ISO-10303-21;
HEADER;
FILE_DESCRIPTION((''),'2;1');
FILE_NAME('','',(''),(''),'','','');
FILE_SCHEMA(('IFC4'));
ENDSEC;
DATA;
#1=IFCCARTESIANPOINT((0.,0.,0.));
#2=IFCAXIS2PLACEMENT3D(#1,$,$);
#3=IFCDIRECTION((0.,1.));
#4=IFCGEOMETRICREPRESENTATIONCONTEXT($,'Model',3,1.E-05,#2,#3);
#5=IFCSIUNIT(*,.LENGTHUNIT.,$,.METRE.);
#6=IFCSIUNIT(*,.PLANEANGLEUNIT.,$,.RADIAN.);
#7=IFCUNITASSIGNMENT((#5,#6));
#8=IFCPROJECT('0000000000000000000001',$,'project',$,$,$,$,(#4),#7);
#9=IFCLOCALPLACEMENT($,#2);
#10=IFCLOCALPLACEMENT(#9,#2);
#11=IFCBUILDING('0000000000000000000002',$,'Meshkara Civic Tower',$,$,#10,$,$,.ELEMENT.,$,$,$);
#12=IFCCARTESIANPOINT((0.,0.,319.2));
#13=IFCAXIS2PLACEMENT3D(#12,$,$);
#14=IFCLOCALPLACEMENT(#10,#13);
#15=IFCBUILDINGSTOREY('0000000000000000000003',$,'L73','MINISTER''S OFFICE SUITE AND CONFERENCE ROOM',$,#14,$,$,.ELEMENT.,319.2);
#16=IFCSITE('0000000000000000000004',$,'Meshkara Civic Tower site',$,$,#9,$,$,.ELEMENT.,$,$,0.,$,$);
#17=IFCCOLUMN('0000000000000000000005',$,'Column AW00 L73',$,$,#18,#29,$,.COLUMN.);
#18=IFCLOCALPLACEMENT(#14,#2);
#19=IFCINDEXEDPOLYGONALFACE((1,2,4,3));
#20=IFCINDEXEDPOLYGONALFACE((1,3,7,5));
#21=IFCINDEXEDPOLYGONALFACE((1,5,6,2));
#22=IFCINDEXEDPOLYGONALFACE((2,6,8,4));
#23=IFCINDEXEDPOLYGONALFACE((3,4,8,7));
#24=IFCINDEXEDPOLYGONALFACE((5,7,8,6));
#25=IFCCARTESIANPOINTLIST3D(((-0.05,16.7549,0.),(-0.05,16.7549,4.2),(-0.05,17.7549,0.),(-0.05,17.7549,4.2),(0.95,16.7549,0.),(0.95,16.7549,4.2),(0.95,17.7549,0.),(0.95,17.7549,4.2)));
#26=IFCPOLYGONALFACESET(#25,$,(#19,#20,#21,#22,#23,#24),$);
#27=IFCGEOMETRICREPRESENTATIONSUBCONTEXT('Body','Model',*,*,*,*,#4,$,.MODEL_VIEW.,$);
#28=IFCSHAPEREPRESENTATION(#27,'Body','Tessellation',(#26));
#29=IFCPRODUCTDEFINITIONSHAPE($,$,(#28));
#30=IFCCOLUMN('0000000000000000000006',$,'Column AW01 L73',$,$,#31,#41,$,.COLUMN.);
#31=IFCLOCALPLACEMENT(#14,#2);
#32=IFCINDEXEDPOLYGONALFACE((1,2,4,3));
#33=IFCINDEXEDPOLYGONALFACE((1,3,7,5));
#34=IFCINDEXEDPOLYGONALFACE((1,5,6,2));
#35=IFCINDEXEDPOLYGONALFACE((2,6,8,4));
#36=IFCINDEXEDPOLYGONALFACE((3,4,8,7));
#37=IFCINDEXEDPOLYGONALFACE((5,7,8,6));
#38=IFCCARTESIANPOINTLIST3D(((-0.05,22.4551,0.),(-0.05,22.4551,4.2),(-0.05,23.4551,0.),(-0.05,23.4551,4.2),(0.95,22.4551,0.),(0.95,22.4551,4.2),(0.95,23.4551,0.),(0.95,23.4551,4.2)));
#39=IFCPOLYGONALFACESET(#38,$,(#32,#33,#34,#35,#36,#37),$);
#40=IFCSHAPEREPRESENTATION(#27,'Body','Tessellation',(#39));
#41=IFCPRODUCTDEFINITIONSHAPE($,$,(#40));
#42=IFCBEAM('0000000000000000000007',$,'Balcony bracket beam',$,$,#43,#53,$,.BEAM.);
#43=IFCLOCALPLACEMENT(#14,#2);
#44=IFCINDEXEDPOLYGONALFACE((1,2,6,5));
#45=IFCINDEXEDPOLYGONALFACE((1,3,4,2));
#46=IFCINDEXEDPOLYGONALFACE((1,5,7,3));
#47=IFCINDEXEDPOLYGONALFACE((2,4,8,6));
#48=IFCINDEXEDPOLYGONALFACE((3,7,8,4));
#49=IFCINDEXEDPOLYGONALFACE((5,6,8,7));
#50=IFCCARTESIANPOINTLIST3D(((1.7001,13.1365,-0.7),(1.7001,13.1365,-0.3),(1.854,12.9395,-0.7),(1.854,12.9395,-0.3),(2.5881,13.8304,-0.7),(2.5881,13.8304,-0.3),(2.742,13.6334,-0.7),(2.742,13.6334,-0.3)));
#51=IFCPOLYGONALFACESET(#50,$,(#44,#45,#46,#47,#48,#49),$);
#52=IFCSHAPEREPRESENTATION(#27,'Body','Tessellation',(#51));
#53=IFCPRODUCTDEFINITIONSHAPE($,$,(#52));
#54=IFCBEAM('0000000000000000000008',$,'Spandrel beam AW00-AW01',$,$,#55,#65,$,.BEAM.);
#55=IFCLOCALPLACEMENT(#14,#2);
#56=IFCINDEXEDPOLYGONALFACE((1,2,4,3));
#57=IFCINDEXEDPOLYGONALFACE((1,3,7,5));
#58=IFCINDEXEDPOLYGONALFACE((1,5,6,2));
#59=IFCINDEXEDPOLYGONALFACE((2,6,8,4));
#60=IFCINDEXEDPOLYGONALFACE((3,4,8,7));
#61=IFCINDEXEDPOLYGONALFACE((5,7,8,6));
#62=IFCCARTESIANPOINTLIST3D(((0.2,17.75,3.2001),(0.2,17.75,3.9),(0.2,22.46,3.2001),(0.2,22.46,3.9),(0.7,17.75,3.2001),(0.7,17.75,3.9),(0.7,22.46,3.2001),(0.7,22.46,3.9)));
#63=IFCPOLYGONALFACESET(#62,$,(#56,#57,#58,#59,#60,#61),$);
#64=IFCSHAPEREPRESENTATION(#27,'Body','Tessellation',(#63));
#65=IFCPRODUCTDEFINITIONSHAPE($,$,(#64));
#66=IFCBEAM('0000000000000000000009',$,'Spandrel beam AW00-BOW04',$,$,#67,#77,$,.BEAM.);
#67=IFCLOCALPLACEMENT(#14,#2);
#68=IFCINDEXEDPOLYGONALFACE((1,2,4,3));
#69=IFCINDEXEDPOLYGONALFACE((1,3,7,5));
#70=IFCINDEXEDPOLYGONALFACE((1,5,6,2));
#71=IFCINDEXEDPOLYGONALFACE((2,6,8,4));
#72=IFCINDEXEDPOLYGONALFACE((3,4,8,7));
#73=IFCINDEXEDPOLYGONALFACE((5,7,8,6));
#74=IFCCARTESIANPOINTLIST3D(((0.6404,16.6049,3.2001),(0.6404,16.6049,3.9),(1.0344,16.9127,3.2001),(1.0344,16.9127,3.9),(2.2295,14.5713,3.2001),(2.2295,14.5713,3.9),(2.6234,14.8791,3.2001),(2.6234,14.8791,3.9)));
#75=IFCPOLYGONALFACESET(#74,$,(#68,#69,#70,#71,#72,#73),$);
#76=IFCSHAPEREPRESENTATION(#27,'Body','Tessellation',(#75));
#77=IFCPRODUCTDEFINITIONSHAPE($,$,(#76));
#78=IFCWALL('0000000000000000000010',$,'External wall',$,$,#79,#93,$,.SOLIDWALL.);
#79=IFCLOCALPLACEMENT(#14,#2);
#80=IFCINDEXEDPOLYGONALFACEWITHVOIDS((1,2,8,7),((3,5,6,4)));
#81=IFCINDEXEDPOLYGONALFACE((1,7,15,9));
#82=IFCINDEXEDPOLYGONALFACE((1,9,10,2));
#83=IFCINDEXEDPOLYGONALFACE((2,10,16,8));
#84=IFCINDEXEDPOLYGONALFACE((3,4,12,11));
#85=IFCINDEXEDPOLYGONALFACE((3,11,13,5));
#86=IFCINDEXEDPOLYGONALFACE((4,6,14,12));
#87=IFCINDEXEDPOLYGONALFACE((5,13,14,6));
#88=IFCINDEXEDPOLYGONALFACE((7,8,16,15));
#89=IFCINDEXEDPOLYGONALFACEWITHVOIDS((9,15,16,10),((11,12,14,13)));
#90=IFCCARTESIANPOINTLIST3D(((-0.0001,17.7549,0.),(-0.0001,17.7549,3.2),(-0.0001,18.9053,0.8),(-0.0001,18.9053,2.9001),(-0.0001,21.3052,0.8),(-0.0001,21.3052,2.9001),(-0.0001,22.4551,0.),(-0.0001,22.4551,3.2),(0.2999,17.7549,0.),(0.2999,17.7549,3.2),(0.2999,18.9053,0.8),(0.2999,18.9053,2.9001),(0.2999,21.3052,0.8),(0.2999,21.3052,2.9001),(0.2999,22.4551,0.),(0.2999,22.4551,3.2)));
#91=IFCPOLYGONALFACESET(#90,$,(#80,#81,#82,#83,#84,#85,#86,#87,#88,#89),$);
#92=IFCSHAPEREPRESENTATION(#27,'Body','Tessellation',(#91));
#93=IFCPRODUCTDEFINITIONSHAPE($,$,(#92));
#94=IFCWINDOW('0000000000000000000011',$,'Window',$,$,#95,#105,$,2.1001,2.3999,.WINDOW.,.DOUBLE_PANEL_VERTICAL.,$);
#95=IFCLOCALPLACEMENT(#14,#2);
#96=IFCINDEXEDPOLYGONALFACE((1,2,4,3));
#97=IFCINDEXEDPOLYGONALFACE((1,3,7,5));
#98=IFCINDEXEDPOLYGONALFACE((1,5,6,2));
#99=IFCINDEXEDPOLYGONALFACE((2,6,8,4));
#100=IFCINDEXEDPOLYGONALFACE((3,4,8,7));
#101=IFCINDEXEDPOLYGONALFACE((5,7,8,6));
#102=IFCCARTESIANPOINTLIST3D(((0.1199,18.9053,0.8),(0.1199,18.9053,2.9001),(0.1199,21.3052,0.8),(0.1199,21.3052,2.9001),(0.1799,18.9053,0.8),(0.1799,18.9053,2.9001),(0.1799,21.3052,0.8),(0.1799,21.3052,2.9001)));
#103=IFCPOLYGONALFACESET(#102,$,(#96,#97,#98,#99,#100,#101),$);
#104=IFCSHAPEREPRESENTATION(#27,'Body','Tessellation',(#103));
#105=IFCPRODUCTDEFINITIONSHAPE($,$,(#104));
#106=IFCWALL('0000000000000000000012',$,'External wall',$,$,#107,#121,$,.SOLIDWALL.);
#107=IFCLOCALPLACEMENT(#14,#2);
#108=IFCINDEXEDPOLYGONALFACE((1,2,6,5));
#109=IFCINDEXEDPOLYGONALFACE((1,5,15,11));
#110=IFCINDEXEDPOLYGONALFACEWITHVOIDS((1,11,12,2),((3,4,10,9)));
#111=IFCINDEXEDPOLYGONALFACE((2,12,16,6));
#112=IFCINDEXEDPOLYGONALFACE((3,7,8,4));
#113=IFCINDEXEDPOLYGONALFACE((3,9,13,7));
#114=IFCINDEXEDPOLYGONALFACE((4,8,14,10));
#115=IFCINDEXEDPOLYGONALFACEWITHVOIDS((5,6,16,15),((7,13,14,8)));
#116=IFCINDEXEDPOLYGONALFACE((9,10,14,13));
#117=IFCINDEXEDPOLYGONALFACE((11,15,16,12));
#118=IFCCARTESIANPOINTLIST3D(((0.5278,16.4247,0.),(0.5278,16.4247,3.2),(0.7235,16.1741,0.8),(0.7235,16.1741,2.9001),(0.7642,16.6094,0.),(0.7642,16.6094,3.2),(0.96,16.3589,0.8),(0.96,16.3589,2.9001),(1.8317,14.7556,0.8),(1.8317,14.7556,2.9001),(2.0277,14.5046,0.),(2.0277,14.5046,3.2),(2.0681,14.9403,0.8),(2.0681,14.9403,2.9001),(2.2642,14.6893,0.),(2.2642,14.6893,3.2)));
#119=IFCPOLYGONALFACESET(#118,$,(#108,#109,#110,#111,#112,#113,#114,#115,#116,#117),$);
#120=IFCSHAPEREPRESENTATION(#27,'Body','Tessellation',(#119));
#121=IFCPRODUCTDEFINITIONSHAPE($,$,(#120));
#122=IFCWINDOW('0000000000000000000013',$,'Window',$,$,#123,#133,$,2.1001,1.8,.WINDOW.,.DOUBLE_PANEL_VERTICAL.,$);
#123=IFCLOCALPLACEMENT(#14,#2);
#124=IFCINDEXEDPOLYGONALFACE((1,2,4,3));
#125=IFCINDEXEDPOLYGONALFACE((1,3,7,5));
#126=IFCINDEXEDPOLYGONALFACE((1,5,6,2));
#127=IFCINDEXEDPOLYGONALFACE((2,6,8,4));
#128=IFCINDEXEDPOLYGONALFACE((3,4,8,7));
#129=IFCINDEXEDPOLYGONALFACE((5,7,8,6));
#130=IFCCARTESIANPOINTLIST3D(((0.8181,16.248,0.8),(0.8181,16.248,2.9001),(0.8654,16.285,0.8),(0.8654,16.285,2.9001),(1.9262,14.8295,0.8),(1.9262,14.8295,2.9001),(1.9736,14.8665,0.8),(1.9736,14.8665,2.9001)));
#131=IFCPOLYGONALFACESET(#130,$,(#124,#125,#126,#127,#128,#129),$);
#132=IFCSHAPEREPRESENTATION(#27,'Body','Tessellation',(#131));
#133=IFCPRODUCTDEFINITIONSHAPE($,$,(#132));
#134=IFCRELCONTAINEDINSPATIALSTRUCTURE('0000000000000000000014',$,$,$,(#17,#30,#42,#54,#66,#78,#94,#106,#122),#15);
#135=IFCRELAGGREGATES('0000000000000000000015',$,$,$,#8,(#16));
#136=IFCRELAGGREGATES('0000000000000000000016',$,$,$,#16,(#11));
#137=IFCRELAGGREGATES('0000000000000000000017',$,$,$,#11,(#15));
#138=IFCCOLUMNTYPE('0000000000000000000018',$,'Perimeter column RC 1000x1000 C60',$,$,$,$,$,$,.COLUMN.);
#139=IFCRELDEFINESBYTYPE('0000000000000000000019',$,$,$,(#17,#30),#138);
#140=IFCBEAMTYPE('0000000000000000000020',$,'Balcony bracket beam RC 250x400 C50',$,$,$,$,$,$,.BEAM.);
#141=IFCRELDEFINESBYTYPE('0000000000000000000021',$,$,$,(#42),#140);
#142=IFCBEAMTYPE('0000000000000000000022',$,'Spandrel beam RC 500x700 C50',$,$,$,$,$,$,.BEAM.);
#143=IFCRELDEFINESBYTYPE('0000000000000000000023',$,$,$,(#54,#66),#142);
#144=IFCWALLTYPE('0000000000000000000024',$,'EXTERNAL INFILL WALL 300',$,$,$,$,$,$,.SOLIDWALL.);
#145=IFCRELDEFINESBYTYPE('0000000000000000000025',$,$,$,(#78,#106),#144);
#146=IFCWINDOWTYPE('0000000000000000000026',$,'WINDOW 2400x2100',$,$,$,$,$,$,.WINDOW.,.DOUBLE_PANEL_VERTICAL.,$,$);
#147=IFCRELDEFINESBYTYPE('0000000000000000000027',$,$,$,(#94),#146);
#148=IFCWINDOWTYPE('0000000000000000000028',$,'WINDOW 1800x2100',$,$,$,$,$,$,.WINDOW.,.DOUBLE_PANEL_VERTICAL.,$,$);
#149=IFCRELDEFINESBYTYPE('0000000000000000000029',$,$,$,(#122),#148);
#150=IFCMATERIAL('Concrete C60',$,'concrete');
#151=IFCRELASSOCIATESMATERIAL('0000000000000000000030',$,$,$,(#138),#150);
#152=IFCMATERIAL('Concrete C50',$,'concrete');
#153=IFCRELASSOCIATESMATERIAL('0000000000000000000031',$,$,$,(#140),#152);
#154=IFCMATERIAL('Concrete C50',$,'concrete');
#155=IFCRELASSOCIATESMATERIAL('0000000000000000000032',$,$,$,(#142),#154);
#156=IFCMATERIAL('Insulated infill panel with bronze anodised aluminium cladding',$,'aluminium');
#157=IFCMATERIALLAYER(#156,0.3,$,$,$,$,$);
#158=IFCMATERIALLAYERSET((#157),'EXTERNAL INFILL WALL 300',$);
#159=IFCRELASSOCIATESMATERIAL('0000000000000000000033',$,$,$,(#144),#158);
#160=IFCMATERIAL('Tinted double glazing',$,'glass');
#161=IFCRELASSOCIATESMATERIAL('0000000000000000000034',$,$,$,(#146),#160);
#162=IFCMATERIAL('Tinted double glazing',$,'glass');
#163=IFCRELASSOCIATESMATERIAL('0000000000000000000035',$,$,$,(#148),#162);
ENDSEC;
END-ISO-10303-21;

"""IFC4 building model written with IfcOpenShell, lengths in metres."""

from ifc_helpers import new_model, si_unit, direction, frame, frame_2d, origin, origin_2d, place, context, subcontext, project, spatial, rectangle, extrude, material, layer, layer_set, material_profile, profile_set, type_object, element, fill, save


model = new_model("IFC4")

# Units and contexts
model_context = context("Model", 3, precision=1e-05, world=origin(), true_north=direction((0.0, 1.0)))
body_context = subcontext(model_context, "Body", "Model", "MODEL_VIEW")
ifc_project = project(units=[si_unit("LENGTHUNIT", "METRE"), si_unit("PLANEANGLEUNIT", "RADIAN")], contexts=[model_context])

# Site, building, storey
site_placement = place(None, origin())
site = spatial("IfcSite", under=ifc_project, at=site_placement, Name="Meshkara Civic Tower site", CompositionType="ELEMENT", RefElevation=0.0)
building_placement = place(site_placement, origin())
building = spatial("IfcBuilding", under=site, at=building_placement, Name="Meshkara Civic Tower", CompositionType="ELEMENT")
storey_placement = place(building_placement, frame((0.0, 0.0, 319.2)))
storey = spatial("IfcBuildingStorey", under=building, at=storey_placement, Name="L73", Description="MINISTER'S OFFICE SUITE AND CONFERENCE ROOM", CompositionType="ELEMENT", Elevation=319.2)

# Columns
ifc_material_1 = material(Name="Concrete C60", Category="concrete")
ifc_material_profile_1 = material_profile(ifc_material_1, rectangle(XDim=1.0, YDim=1.0, at=origin_2d()))
ifc_profile_set_1 = profile_set([ifc_material_profile_1], Name="Concrete C60")
column_type = type_object("IfcColumnType", Name="Perimeter column RC 1000x1000 C60", PredefinedType="COLUMN", material=ifc_profile_set_1)
for number, where, z_axis, x_axis, name in (
    (1, (0.45, 17.2549, 0.0), (0.0, 0.0, 1.0), (1.0, 0.0, 0.0), "Column AW00 L73"),
    (2, (0.45, 22.9551, 0.0), (0.0, 0.0, 1.0), (1.0, 0.0, 0.0), "Column AW01 L73"),
):
    element("IfcColumn", number, at=place(storey_placement, frame(where, z_axis=z_axis, x_axis=x_axis)), inside=storey, type_object=column_type, Name=name, PredefinedType="COLUMN", context=body_context, shape_type="SweptSolid", body=[
        extrude(rectangle(XDim=1.0, YDim=1.0, at=origin_2d()), origin(), (0.0, 0.0, 1.0), 4.2),
    ])

# Beams
ifc_material_2 = material(Name="Concrete C50", Category="concrete")
ifc_material_profile_2 = material_profile(ifc_material_2, rectangle(XDim=0.25, YDim=0.3999, at=origin_2d()))
ifc_profile_set_2 = profile_set([ifc_material_profile_2], Name="Concrete C50")
beam_type_1 = type_object("IfcBeamType", Name="Balcony bracket beam RC 250x400 C50", PredefinedType="BEAM", material=ifc_profile_set_2)
beam_1_placement = place(storey_placement, frame((2.665, 13.7319, -0.5), z_axis=(-0.787962, -0.615724, 0.0), x_axis=(0.615724, -0.787962, 0.0)))
element("IfcBeam", 3, at=beam_1_placement, inside=storey, type_object=beam_type_1, Name="Balcony bracket beam", PredefinedType="BEAM", context=body_context, shape_type="SweptSolid", body=[
    extrude(rectangle(XDim=0.25, YDim=0.3999, at=origin_2d()), origin(), (0.0, 0.0, 1.0), 1.127),
])
ifc_material_3 = material(Name="Concrete C50", Category="concrete")
ifc_material_profile_3 = material_profile(ifc_material_3, rectangle(XDim=0.5, YDim=0.7, at=origin_2d()))
ifc_profile_set_3 = profile_set([ifc_material_profile_3], Name="Concrete C50")
beam_type_2 = type_object("IfcBeamType", Name="Spandrel beam RC 500x700 C50", PredefinedType="BEAM", material=ifc_profile_set_3)
beam_2_placement = place(storey_placement, frame((0.45, 22.46, 3.55), z_axis=(0.0, -1.0, 0.0), x_axis=(1.0, 0.0, 0.0)))
element("IfcBeam", 4, at=beam_2_placement, inside=storey, type_object=beam_type_2, Name="Spandrel beam AW00-AW01", PredefinedType="BEAM", context=body_context, shape_type="SweptSolid", body=[
    extrude(rectangle(XDim=0.5, YDim=0.7, at=origin_2d()), origin(), (0.0, 0.0, 1.0), 4.71),
])
beam_3_placement = place(storey_placement, frame((0.8374, 16.7588, 3.55), z_axis=(0.615714, -0.78797, 0.0), x_axis=(0.78797, 0.615714, 0.0)))
element("IfcBeam", 5, at=beam_3_placement, inside=storey, type_object=beam_type_2, Name="Spandrel beam AW00-BOW04", PredefinedType="BEAM", context=body_context, shape_type="SweptSolid", body=[
    extrude(rectangle(XDim=0.5, YDim=0.7, at=origin_2d()), origin(), (0.0, 0.0, 1.0), 2.5808),
])

# Walls, openings, windows
ifc_material_4 = material(Name="Insulated infill panel with bronze anodised aluminium cladding", Category="aluminium")
ifc_layer = layer(ifc_material_4, 0.3)
ifc_layer_set = layer_set([ifc_layer], Name="EXTERNAL INFILL WALL 300")
wall_type = type_object("IfcWallType", Name="EXTERNAL INFILL WALL 300", PredefinedType="SOLIDWALL", material=ifc_layer_set)
wall_1_placement = place(storey_placement, frame((0.1499, 22.4551, 0.0), z_axis=(0.0, 0.0, 1.0), x_axis=(0.0, -1.0, 0.0)))
wall_1 = element("IfcWall", 6, at=wall_1_placement, inside=storey, type_object=wall_type, Name="External wall", PredefinedType="SOLIDWALL", context=body_context, shape_type="SweptSolid", body=[
    extrude(rectangle(XDim=4.7002, YDim=0.3, at=frame_2d((2.3501, 0.0))), origin(), (0.0, 0.0, 1.0), 3.2),
])
opening_1_placement = place(wall_1_placement, frame((1.1499, 0.0, 0.8)))
opening_1 = element("IfcOpeningElement", 7, at=opening_1_placement, cuts=wall_1, PredefinedType="OPENING", context=body_context, shape_type="SweptSolid", body=[
    extrude(rectangle(XDim=2.3999, YDim=2.1001, at=frame_2d((1.2, 1.05))), frame((0.0, 0.1599, 0.0), z_axis=(0.0, -1.0, 0.0), x_axis=(1.0, 0.0, 0.0)), (0.0, 0.0, 1.0), 0.3201),
])
ifc_material_5 = material(Name="Tinted double glazing", Category="glass")
window_type_1 = type_object("IfcWindowType", Name="WINDOW 2400x2100", PartitioningType="DOUBLE_PANEL_VERTICAL", PredefinedType="WINDOW", material=ifc_material_5)
window_1_placement = place(opening_1_placement, origin())
window_1 = element("IfcWindow", 8, at=window_1_placement, inside=storey, type_object=window_type_1, Name="Window", OverallHeight=2.1001, OverallWidth=2.3999, PartitioningType="DOUBLE_PANEL_VERTICAL", PredefinedType="WINDOW", context=body_context, shape_type="SweptSolid", body=[
    extrude(rectangle(XDim=2.3999, YDim=2.1001, at=frame_2d((1.2, 1.05))), frame((0.0, 0.03, 0.0), z_axis=(0.0, -1.0, 0.0), x_axis=(1.0, 0.0, 0.0)), (0.0, 0.0, 1.0), 0.0601),
])
fill(opening_1, window_1)
wall_2_placement = place(storey_placement, frame((0.646, 16.5171, 0.0), z_axis=(0.0, 0.0, 1.0), x_axis=(0.615611, -0.78805, 0.0)))
wall_2 = element("IfcWall", 9, at=wall_2_placement, inside=storey, type_object=wall_type, Name="External wall", PredefinedType="SOLIDWALL", context=body_context, shape_type="SweptSolid", body=[
    extrude(rectangle(XDim=2.4365, YDim=0.3, at=frame_2d((1.2183, 0.0))), origin(), (0.0, 0.0, 1.0), 3.2),
])
opening_2_placement = place(wall_2_placement, frame((0.3181, 0.0, 0.8)))
opening_2 = element("IfcOpeningElement", 10, at=opening_2_placement, cuts=wall_2, PredefinedType="OPENING", context=body_context, shape_type="SweptSolid", body=[
    extrude(rectangle(XDim=1.8, YDim=2.1001, at=frame_2d((0.8999, 1.05))), frame((0.0, 0.1599, 0.0), z_axis=(0.0, -1.0, 0.0), x_axis=(1.0, 0.0, 0.0)), (0.0, 0.0, 1.0), 0.3201),
])
ifc_material_6 = material(Name="Tinted double glazing", Category="glass")
window_type_2 = type_object("IfcWindowType", Name="WINDOW 1800x2100", PartitioningType="DOUBLE_PANEL_VERTICAL", PredefinedType="WINDOW", material=ifc_material_6)
window_2_placement = place(opening_2_placement, origin())
window_2 = element("IfcWindow", 11, at=window_2_placement, inside=storey, type_object=window_type_2, Name="Window", OverallHeight=2.1001, OverallWidth=1.8, PartitioningType="DOUBLE_PANEL_VERTICAL", PredefinedType="WINDOW", context=body_context, shape_type="SweptSolid", body=[
    extrude(rectangle(XDim=1.8, YDim=2.1001, at=frame_2d((0.8999, 1.05))), frame((0.0, 0.03, 0.0), z_axis=(0.0, -1.0, 0.0), x_axis=(1.0, 0.0, 0.0)), (0.0, 0.0, 1.0), 0.0601),
])
fill(opening_2, window_2)

save(model, "model.ifc")
